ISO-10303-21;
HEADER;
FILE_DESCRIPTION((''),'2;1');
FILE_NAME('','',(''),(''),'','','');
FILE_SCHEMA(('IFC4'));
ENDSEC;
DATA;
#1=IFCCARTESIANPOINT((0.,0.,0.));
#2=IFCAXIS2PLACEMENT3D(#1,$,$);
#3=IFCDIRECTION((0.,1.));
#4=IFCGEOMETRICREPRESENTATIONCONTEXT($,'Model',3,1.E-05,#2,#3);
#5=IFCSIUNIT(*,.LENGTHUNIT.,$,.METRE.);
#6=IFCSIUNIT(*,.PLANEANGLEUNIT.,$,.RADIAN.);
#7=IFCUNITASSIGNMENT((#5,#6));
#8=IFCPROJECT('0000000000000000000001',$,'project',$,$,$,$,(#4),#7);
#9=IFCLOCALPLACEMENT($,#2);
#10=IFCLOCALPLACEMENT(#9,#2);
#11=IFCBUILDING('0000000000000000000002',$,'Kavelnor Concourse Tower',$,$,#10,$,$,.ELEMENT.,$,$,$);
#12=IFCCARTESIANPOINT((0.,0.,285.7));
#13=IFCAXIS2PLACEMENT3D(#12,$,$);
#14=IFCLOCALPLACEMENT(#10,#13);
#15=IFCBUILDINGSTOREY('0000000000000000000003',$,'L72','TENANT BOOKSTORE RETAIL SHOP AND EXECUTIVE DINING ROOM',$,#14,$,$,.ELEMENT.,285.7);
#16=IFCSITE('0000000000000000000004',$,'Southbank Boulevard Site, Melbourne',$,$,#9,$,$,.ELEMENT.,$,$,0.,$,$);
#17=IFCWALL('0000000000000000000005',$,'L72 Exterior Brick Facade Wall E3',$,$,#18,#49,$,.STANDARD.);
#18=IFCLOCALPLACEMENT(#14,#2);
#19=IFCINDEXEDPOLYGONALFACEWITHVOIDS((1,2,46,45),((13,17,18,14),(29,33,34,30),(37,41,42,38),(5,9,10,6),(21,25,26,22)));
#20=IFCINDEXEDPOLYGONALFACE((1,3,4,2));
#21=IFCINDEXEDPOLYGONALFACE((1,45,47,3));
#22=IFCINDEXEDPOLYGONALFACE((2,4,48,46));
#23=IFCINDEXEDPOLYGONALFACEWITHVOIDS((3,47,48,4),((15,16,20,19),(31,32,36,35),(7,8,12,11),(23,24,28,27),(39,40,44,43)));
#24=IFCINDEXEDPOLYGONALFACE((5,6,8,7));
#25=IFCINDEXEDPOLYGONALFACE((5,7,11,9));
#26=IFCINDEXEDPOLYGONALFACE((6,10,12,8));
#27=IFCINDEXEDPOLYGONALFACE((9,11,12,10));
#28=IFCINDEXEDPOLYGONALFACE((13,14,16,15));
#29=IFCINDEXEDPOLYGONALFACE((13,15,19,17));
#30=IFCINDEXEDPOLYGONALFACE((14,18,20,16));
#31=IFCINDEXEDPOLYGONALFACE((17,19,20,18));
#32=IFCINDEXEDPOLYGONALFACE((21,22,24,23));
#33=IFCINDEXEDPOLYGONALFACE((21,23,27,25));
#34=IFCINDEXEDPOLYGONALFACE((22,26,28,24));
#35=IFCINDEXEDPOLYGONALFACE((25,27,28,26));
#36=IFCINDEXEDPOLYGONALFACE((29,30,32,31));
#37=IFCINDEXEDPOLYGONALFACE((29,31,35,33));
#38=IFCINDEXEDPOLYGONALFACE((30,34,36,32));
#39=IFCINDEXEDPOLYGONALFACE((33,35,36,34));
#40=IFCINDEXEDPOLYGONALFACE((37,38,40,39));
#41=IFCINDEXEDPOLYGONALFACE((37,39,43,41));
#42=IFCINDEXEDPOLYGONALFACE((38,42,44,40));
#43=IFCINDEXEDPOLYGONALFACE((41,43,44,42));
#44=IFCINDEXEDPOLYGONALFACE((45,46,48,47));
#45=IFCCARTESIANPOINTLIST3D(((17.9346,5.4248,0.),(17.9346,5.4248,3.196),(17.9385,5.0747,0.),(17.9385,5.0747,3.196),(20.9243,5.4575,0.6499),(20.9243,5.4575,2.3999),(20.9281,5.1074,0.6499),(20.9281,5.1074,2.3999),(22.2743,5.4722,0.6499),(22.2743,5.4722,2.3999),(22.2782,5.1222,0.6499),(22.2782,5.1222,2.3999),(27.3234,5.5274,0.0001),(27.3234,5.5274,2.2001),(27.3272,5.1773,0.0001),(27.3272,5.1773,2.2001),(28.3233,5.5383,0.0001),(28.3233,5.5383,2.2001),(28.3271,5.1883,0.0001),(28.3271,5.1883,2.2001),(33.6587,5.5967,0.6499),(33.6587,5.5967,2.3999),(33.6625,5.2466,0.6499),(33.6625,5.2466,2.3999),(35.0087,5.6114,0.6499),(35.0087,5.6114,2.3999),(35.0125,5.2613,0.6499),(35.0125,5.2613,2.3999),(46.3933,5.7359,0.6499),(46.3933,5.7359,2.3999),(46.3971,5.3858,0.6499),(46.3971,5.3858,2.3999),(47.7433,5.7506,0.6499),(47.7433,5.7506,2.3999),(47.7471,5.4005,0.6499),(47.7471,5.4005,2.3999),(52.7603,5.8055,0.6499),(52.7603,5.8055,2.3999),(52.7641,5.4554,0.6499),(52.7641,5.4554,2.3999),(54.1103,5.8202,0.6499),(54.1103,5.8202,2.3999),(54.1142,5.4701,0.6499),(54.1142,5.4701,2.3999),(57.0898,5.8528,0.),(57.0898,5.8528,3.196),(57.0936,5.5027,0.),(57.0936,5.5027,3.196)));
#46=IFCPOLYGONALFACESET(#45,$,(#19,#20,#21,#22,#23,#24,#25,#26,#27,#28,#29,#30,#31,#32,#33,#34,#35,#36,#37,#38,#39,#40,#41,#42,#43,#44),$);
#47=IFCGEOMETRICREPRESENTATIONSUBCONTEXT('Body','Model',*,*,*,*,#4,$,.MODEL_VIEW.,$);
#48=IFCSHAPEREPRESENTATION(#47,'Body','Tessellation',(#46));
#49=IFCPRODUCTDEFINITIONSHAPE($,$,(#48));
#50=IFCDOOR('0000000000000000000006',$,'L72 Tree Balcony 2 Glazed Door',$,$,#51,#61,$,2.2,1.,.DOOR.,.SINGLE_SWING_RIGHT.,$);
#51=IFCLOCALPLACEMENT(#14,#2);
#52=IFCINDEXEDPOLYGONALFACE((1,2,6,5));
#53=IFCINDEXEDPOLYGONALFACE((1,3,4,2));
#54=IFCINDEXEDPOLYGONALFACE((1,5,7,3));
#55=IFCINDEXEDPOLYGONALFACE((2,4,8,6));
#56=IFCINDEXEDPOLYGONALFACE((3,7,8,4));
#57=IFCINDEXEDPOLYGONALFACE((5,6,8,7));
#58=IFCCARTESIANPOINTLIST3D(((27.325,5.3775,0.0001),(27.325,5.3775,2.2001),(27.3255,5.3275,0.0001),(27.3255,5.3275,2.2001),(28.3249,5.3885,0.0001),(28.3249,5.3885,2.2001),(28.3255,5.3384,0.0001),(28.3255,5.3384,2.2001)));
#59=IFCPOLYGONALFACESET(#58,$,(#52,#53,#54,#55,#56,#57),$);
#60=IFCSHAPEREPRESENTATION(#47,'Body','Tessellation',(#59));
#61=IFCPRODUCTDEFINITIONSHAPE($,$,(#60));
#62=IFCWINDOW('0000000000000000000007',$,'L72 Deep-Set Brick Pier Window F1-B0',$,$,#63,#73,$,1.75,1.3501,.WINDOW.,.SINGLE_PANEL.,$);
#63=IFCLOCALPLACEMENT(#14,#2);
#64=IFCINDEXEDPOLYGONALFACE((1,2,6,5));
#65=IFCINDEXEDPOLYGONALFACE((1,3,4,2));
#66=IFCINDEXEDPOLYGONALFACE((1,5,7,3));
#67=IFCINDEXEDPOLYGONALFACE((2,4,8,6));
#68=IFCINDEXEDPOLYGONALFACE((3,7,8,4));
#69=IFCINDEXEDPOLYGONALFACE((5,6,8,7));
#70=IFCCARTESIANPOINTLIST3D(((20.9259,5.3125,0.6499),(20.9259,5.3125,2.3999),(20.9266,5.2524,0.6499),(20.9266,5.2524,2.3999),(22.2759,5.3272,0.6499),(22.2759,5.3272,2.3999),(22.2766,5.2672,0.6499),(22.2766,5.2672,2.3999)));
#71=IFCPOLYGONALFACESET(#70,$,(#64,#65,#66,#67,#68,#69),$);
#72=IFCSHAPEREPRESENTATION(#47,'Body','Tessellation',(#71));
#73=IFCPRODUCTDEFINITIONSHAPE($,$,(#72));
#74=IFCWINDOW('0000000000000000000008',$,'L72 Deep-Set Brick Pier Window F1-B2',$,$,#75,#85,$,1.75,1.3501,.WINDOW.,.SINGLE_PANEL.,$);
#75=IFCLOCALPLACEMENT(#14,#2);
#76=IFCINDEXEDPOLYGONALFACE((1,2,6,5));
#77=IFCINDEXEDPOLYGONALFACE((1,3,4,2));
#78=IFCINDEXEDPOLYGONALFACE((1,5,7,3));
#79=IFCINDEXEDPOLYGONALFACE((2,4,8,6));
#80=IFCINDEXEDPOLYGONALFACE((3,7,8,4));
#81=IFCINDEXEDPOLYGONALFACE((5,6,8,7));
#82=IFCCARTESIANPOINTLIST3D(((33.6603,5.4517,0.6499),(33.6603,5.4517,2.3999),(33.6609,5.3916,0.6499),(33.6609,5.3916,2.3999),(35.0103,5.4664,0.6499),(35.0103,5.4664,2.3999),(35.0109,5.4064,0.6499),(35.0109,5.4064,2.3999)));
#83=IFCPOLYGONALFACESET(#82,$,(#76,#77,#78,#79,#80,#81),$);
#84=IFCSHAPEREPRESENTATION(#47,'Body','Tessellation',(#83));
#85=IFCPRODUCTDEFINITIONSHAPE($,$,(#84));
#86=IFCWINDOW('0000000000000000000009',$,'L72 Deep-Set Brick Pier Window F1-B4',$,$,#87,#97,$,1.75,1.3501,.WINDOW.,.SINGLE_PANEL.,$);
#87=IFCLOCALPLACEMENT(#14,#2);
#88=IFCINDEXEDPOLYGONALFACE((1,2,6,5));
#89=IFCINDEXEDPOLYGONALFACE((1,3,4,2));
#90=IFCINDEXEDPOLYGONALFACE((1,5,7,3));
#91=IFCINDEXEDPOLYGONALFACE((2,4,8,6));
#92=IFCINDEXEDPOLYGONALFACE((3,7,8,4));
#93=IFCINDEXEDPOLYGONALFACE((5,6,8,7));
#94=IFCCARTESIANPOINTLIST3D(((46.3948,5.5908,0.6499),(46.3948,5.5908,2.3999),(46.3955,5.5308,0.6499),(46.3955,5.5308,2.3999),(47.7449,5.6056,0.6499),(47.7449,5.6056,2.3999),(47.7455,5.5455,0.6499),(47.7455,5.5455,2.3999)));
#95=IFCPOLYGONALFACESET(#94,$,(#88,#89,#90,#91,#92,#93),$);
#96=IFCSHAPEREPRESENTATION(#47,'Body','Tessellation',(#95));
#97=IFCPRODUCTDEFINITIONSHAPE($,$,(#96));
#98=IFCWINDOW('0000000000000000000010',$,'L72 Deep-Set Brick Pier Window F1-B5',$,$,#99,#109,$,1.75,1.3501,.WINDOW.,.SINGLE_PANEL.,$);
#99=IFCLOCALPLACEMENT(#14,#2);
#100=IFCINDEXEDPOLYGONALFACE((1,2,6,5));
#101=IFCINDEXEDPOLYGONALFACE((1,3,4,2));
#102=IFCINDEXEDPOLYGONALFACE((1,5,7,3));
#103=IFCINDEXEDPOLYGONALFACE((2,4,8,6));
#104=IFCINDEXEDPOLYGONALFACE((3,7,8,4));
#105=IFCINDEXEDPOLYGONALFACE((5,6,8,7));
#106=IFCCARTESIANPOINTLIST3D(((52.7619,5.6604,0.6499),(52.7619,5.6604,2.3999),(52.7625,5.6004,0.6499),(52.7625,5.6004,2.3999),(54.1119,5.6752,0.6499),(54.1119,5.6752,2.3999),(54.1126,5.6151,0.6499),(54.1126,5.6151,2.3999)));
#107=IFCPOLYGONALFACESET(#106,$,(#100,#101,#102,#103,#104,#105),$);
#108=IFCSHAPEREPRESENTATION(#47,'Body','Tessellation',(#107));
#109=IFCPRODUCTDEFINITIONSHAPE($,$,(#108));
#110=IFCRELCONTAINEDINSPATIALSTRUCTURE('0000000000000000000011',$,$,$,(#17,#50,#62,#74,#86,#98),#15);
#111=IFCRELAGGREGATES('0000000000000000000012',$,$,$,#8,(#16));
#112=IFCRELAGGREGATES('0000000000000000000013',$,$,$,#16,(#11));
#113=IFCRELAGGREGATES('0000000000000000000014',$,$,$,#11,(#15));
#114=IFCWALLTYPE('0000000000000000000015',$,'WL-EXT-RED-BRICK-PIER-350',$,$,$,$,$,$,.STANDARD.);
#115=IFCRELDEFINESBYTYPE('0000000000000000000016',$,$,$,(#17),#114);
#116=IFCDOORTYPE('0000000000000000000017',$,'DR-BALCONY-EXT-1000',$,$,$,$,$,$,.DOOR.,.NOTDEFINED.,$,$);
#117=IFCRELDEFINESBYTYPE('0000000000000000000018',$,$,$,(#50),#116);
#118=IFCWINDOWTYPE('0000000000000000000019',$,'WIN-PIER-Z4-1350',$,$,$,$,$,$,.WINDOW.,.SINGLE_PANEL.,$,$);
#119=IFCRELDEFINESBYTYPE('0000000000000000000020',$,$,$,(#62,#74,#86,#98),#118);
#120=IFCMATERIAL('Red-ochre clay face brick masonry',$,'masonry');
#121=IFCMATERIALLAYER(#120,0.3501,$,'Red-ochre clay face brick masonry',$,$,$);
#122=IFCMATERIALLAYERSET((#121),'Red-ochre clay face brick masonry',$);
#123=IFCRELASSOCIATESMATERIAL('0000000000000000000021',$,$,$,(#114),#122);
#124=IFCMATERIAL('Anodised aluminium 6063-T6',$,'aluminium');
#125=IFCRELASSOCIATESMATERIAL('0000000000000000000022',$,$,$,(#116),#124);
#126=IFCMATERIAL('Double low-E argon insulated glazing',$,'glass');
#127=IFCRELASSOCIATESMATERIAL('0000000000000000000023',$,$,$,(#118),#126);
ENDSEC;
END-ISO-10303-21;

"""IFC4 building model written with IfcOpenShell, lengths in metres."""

from ifc_helpers import new_model, si_unit, direction, frame, frame_2d, origin, place, context, subcontext, project, spatial, rectangle, extrude, material, layer, layer_set, type_object, element, fill, save


model = new_model("IFC4")

# Units and contexts
model_context = context("Model", 3, precision=1e-05, world=origin(), true_north=direction((0.0, 1.0)))
body_context = subcontext(model_context, "Body", "Model", "MODEL_VIEW")
ifc_project = project(units=[si_unit("LENGTHUNIT", "METRE"), si_unit("PLANEANGLEUNIT", "RADIAN")], contexts=[model_context])

# Site, building, storey
site_placement = place(None, origin())
site = spatial("IfcSite", under=ifc_project, at=site_placement, Name="Southbank Boulevard Site, Melbourne", CompositionType="ELEMENT", RefElevation=0.0)
building_placement = place(site_placement, origin())
building = spatial("IfcBuilding", under=site, at=building_placement, Name="Kavelnor Concourse Tower", CompositionType="ELEMENT")
storey_placement = place(building_placement, frame((0.0, 0.0, 285.7)))
storey = spatial("IfcBuildingStorey", under=building, at=storey_placement, Name="L72", Description="TENANT BOOKSTORE RETAIL SHOP AND EXECUTIVE DINING ROOM", CompositionType="ELEMENT", Elevation=285.7)

# Shared definitions
ifc_material_1 = material(Name="Double low-E argon insulated glazing", Category="glass")

# Wall, openings, door, windows
ifc_material_2 = material(Name="Red-ochre clay face brick masonry", Category="masonry")
ifc_layer_1 = layer(ifc_material_2, 0.3501, Name="Red-ochre clay face brick masonry")
ifc_layer_set_1 = layer_set([ifc_layer_1], Name="Red-ochre clay face brick masonry")
wall_type_1 = type_object("IfcWallType", Name="WL-EXT-RED-BRICK-PIER-350", PredefinedType="STANDARD", material=ifc_layer_set_1)
wall_1_placement = place(storey_placement, frame((57.0916, 5.6777, 0.0), z_axis=(0.0, 0.0, 1.0), x_axis=(-0.99994, -0.01093, 0.0)))
wall_1 = element("IfcWall", 1, at=wall_1_placement, inside=storey, type_object=wall_type_1, Name="L72 Exterior Brick Facade Wall E3", PredefinedType="STANDARD", context=body_context, shape_type="SweptSolid", body=[
    extrude(rectangle(XDim=39.1575, YDim=0.3501, at=frame_2d((19.5786, 0.0))), origin(), (0.0, 0.0, 1.0), 3.196),
])
opening_1_placement = place(wall_1_placement, frame((28.7681, 0.0, 0.0)))
opening_1 = element("IfcOpeningElement", 2, at=opening_1_placement, cuts=wall_1, PredefinedType="OPENING", context=body_context, shape_type="SweptSolid", body=[
    extrude(rectangle(XDim=1.0, YDim=2.2, at=frame_2d((0.5, 1.1001))), frame((0.0, 0.1851, 0.0), z_axis=(0.0, -1.0, 0.0), x_axis=(1.0, 0.0, 0.0)), (0.0, 0.0, 1.0), 0.3701),
])
opening_2_placement = place(wall_1_placement, frame((34.8174, 0.0, 0.6499)))
opening_2 = element("IfcOpeningElement", 3, at=opening_2_placement, cuts=wall_1, PredefinedType="OPENING", context=body_context, shape_type="SweptSolid", body=[
    extrude(rectangle(XDim=1.3501, YDim=1.75, at=frame_2d((0.675, 0.875))), frame((0.0, 0.1851, 0.0), z_axis=(0.0, -1.0, 0.0), x_axis=(1.0, 0.0, 0.0)), (0.0, 0.0, 1.0), 0.3701),
])
opening_3_placement = place(wall_1_placement, frame((22.0823, 0.0, 0.6499)))
opening_3 = element("IfcOpeningElement", 4, at=opening_3_placement, cuts=wall_1, PredefinedType="OPENING", context=body_context, shape_type="SweptSolid", body=[
    extrude(rectangle(XDim=1.3501, YDim=1.75, at=frame_2d((0.675, 0.875))), frame((0.0, 0.1851, 0.0), z_axis=(0.0, -1.0, 0.0), x_axis=(1.0, 0.0, 0.0)), (0.0, 0.0, 1.0), 0.3701),
])
opening_4_placement = place(wall_1_placement, frame((9.3469, 0.0, 0.6499)))
opening_4 = element("IfcOpeningElement", 5, at=opening_4_placement, cuts=wall_1, PredefinedType="OPENING", context=body_context, shape_type="SweptSolid", body=[
    extrude(rectangle(XDim=1.3501, YDim=1.75, at=frame_2d((0.675, 0.875))), frame((0.0, 0.1851, 0.0), z_axis=(0.0, -1.0, 0.0), x_axis=(1.0, 0.0, 0.0)), (0.0, 0.0, 1.0), 0.3701),
])
opening_5_placement = place(wall_1_placement, frame((2.9795, 0.0, 0.6499)))
opening_5 = element("IfcOpeningElement", 6, at=opening_5_placement, cuts=wall_1, PredefinedType="OPENING", context=body_context, shape_type="SweptSolid", body=[
    extrude(rectangle(XDim=1.3501, YDim=1.75, at=frame_2d((0.675, 0.875))), frame((0.0, 0.1851, 0.0), z_axis=(0.0, -1.0, 0.0), x_axis=(1.0, 0.0, 0.0)), (0.0, 0.0, 1.0), 0.3701),
])
ifc_material_3 = material(Name="Anodised aluminium 6063-T6", Category="aluminium")
door_type = type_object("IfcDoorType", Name="DR-BALCONY-EXT-1000", OperationType="NOTDEFINED", PredefinedType="DOOR", material=ifc_material_3)
door_placement = place(opening_1_placement, origin())
door = element("IfcDoor", 7, at=door_placement, inside=storey, type_object=door_type, Name="L72 Tree Balcony 2 Glazed Door", OperationType="SINGLE_SWING_RIGHT", OverallHeight=2.2, OverallWidth=1.0, PredefinedType="DOOR", context=body_context, shape_type="SweptSolid", body=[
    extrude(rectangle(XDim=1.0, YDim=2.2, at=frame_2d((0.5, 1.1001))), frame((0.0, 0.0249, 0.0), z_axis=(0.0, -1.0, 0.0), x_axis=(1.0, 0.0, 0.0)), (0.0, 0.0, 1.0), 0.05),
])
fill(opening_1, door)
window_type_1 = type_object("IfcWindowType", Name="WIN-PIER-Z4-1350", PartitioningType="SINGLE_PANEL", PredefinedType="WINDOW", material=ifc_material_1)
window_1_placement = place(opening_2_placement, origin())
window_1 = element("IfcWindow", 8, at=window_1_placement, inside=storey, type_object=window_type_1, Name="L72 Deep-Set Brick Pier Window F1-B0", OverallHeight=1.75, OverallWidth=1.3501, PartitioningType="SINGLE_PANEL", PredefinedType="WINDOW", context=body_context, shape_type="SweptSolid", body=[
    extrude(rectangle(XDim=1.3501, YDim=1.75, at=frame_2d((0.675, 0.875))), frame((0.0, 0.03, 0.0), z_axis=(0.0, -1.0, 0.0), x_axis=(1.0, 0.0, 0.0)), (0.0, 0.0, 1.0), 0.0601),
])
fill(opening_2, window_1)
window_2_placement = place(opening_3_placement, origin())
window_2 = element("IfcWindow", 9, at=window_2_placement, inside=storey, type_object=window_type_1, Name="L72 Deep-Set Brick Pier Window F1-B2", OverallHeight=1.75, OverallWidth=1.3501, PartitioningType="SINGLE_PANEL", PredefinedType="WINDOW", context=body_context, shape_type="SweptSolid", body=[
    extrude(rectangle(XDim=1.3501, YDim=1.75, at=frame_2d((0.675, 0.875))), frame((0.0, 0.03, 0.0), z_axis=(0.0, -1.0, 0.0), x_axis=(1.0, 0.0, 0.0)), (0.0, 0.0, 1.0), 0.0601),
])
fill(opening_3, window_2)
window_3_placement = place(opening_4_placement, origin())
window_3 = element("IfcWindow", 10, at=window_3_placement, inside=storey, type_object=window_type_1, Name="L72 Deep-Set Brick Pier Window F1-B4", OverallHeight=1.75, OverallWidth=1.3501, PartitioningType="SINGLE_PANEL", PredefinedType="WINDOW", context=body_context, shape_type="SweptSolid", body=[
    extrude(rectangle(XDim=1.3501, YDim=1.75, at=frame_2d((0.675, 0.875))), frame((0.0, 0.03, 0.0), z_axis=(0.0, -1.0, 0.0), x_axis=(1.0, 0.0, 0.0)), (0.0, 0.0, 1.0), 0.0601),
])
fill(opening_4, window_3)
window_4_placement = place(opening_5_placement, origin())
window_4 = element("IfcWindow", 11, at=window_4_placement, inside=storey, type_object=window_type_1, Name="L72 Deep-Set Brick Pier Window F1-B5", OverallHeight=1.75, OverallWidth=1.3501, PartitioningType="SINGLE_PANEL", PredefinedType="WINDOW", context=body_context, shape_type="SweptSolid", body=[
    extrude(rectangle(XDim=1.3501, YDim=1.75, at=frame_2d((0.675, 0.875))), frame((0.0, 0.03, 0.0), z_axis=(0.0, -1.0, 0.0), x_axis=(1.0, 0.0, 0.0)), (0.0, 0.0, 1.0), 0.0601),
])
fill(opening_5, window_4)

save(model, "model.ifc")
